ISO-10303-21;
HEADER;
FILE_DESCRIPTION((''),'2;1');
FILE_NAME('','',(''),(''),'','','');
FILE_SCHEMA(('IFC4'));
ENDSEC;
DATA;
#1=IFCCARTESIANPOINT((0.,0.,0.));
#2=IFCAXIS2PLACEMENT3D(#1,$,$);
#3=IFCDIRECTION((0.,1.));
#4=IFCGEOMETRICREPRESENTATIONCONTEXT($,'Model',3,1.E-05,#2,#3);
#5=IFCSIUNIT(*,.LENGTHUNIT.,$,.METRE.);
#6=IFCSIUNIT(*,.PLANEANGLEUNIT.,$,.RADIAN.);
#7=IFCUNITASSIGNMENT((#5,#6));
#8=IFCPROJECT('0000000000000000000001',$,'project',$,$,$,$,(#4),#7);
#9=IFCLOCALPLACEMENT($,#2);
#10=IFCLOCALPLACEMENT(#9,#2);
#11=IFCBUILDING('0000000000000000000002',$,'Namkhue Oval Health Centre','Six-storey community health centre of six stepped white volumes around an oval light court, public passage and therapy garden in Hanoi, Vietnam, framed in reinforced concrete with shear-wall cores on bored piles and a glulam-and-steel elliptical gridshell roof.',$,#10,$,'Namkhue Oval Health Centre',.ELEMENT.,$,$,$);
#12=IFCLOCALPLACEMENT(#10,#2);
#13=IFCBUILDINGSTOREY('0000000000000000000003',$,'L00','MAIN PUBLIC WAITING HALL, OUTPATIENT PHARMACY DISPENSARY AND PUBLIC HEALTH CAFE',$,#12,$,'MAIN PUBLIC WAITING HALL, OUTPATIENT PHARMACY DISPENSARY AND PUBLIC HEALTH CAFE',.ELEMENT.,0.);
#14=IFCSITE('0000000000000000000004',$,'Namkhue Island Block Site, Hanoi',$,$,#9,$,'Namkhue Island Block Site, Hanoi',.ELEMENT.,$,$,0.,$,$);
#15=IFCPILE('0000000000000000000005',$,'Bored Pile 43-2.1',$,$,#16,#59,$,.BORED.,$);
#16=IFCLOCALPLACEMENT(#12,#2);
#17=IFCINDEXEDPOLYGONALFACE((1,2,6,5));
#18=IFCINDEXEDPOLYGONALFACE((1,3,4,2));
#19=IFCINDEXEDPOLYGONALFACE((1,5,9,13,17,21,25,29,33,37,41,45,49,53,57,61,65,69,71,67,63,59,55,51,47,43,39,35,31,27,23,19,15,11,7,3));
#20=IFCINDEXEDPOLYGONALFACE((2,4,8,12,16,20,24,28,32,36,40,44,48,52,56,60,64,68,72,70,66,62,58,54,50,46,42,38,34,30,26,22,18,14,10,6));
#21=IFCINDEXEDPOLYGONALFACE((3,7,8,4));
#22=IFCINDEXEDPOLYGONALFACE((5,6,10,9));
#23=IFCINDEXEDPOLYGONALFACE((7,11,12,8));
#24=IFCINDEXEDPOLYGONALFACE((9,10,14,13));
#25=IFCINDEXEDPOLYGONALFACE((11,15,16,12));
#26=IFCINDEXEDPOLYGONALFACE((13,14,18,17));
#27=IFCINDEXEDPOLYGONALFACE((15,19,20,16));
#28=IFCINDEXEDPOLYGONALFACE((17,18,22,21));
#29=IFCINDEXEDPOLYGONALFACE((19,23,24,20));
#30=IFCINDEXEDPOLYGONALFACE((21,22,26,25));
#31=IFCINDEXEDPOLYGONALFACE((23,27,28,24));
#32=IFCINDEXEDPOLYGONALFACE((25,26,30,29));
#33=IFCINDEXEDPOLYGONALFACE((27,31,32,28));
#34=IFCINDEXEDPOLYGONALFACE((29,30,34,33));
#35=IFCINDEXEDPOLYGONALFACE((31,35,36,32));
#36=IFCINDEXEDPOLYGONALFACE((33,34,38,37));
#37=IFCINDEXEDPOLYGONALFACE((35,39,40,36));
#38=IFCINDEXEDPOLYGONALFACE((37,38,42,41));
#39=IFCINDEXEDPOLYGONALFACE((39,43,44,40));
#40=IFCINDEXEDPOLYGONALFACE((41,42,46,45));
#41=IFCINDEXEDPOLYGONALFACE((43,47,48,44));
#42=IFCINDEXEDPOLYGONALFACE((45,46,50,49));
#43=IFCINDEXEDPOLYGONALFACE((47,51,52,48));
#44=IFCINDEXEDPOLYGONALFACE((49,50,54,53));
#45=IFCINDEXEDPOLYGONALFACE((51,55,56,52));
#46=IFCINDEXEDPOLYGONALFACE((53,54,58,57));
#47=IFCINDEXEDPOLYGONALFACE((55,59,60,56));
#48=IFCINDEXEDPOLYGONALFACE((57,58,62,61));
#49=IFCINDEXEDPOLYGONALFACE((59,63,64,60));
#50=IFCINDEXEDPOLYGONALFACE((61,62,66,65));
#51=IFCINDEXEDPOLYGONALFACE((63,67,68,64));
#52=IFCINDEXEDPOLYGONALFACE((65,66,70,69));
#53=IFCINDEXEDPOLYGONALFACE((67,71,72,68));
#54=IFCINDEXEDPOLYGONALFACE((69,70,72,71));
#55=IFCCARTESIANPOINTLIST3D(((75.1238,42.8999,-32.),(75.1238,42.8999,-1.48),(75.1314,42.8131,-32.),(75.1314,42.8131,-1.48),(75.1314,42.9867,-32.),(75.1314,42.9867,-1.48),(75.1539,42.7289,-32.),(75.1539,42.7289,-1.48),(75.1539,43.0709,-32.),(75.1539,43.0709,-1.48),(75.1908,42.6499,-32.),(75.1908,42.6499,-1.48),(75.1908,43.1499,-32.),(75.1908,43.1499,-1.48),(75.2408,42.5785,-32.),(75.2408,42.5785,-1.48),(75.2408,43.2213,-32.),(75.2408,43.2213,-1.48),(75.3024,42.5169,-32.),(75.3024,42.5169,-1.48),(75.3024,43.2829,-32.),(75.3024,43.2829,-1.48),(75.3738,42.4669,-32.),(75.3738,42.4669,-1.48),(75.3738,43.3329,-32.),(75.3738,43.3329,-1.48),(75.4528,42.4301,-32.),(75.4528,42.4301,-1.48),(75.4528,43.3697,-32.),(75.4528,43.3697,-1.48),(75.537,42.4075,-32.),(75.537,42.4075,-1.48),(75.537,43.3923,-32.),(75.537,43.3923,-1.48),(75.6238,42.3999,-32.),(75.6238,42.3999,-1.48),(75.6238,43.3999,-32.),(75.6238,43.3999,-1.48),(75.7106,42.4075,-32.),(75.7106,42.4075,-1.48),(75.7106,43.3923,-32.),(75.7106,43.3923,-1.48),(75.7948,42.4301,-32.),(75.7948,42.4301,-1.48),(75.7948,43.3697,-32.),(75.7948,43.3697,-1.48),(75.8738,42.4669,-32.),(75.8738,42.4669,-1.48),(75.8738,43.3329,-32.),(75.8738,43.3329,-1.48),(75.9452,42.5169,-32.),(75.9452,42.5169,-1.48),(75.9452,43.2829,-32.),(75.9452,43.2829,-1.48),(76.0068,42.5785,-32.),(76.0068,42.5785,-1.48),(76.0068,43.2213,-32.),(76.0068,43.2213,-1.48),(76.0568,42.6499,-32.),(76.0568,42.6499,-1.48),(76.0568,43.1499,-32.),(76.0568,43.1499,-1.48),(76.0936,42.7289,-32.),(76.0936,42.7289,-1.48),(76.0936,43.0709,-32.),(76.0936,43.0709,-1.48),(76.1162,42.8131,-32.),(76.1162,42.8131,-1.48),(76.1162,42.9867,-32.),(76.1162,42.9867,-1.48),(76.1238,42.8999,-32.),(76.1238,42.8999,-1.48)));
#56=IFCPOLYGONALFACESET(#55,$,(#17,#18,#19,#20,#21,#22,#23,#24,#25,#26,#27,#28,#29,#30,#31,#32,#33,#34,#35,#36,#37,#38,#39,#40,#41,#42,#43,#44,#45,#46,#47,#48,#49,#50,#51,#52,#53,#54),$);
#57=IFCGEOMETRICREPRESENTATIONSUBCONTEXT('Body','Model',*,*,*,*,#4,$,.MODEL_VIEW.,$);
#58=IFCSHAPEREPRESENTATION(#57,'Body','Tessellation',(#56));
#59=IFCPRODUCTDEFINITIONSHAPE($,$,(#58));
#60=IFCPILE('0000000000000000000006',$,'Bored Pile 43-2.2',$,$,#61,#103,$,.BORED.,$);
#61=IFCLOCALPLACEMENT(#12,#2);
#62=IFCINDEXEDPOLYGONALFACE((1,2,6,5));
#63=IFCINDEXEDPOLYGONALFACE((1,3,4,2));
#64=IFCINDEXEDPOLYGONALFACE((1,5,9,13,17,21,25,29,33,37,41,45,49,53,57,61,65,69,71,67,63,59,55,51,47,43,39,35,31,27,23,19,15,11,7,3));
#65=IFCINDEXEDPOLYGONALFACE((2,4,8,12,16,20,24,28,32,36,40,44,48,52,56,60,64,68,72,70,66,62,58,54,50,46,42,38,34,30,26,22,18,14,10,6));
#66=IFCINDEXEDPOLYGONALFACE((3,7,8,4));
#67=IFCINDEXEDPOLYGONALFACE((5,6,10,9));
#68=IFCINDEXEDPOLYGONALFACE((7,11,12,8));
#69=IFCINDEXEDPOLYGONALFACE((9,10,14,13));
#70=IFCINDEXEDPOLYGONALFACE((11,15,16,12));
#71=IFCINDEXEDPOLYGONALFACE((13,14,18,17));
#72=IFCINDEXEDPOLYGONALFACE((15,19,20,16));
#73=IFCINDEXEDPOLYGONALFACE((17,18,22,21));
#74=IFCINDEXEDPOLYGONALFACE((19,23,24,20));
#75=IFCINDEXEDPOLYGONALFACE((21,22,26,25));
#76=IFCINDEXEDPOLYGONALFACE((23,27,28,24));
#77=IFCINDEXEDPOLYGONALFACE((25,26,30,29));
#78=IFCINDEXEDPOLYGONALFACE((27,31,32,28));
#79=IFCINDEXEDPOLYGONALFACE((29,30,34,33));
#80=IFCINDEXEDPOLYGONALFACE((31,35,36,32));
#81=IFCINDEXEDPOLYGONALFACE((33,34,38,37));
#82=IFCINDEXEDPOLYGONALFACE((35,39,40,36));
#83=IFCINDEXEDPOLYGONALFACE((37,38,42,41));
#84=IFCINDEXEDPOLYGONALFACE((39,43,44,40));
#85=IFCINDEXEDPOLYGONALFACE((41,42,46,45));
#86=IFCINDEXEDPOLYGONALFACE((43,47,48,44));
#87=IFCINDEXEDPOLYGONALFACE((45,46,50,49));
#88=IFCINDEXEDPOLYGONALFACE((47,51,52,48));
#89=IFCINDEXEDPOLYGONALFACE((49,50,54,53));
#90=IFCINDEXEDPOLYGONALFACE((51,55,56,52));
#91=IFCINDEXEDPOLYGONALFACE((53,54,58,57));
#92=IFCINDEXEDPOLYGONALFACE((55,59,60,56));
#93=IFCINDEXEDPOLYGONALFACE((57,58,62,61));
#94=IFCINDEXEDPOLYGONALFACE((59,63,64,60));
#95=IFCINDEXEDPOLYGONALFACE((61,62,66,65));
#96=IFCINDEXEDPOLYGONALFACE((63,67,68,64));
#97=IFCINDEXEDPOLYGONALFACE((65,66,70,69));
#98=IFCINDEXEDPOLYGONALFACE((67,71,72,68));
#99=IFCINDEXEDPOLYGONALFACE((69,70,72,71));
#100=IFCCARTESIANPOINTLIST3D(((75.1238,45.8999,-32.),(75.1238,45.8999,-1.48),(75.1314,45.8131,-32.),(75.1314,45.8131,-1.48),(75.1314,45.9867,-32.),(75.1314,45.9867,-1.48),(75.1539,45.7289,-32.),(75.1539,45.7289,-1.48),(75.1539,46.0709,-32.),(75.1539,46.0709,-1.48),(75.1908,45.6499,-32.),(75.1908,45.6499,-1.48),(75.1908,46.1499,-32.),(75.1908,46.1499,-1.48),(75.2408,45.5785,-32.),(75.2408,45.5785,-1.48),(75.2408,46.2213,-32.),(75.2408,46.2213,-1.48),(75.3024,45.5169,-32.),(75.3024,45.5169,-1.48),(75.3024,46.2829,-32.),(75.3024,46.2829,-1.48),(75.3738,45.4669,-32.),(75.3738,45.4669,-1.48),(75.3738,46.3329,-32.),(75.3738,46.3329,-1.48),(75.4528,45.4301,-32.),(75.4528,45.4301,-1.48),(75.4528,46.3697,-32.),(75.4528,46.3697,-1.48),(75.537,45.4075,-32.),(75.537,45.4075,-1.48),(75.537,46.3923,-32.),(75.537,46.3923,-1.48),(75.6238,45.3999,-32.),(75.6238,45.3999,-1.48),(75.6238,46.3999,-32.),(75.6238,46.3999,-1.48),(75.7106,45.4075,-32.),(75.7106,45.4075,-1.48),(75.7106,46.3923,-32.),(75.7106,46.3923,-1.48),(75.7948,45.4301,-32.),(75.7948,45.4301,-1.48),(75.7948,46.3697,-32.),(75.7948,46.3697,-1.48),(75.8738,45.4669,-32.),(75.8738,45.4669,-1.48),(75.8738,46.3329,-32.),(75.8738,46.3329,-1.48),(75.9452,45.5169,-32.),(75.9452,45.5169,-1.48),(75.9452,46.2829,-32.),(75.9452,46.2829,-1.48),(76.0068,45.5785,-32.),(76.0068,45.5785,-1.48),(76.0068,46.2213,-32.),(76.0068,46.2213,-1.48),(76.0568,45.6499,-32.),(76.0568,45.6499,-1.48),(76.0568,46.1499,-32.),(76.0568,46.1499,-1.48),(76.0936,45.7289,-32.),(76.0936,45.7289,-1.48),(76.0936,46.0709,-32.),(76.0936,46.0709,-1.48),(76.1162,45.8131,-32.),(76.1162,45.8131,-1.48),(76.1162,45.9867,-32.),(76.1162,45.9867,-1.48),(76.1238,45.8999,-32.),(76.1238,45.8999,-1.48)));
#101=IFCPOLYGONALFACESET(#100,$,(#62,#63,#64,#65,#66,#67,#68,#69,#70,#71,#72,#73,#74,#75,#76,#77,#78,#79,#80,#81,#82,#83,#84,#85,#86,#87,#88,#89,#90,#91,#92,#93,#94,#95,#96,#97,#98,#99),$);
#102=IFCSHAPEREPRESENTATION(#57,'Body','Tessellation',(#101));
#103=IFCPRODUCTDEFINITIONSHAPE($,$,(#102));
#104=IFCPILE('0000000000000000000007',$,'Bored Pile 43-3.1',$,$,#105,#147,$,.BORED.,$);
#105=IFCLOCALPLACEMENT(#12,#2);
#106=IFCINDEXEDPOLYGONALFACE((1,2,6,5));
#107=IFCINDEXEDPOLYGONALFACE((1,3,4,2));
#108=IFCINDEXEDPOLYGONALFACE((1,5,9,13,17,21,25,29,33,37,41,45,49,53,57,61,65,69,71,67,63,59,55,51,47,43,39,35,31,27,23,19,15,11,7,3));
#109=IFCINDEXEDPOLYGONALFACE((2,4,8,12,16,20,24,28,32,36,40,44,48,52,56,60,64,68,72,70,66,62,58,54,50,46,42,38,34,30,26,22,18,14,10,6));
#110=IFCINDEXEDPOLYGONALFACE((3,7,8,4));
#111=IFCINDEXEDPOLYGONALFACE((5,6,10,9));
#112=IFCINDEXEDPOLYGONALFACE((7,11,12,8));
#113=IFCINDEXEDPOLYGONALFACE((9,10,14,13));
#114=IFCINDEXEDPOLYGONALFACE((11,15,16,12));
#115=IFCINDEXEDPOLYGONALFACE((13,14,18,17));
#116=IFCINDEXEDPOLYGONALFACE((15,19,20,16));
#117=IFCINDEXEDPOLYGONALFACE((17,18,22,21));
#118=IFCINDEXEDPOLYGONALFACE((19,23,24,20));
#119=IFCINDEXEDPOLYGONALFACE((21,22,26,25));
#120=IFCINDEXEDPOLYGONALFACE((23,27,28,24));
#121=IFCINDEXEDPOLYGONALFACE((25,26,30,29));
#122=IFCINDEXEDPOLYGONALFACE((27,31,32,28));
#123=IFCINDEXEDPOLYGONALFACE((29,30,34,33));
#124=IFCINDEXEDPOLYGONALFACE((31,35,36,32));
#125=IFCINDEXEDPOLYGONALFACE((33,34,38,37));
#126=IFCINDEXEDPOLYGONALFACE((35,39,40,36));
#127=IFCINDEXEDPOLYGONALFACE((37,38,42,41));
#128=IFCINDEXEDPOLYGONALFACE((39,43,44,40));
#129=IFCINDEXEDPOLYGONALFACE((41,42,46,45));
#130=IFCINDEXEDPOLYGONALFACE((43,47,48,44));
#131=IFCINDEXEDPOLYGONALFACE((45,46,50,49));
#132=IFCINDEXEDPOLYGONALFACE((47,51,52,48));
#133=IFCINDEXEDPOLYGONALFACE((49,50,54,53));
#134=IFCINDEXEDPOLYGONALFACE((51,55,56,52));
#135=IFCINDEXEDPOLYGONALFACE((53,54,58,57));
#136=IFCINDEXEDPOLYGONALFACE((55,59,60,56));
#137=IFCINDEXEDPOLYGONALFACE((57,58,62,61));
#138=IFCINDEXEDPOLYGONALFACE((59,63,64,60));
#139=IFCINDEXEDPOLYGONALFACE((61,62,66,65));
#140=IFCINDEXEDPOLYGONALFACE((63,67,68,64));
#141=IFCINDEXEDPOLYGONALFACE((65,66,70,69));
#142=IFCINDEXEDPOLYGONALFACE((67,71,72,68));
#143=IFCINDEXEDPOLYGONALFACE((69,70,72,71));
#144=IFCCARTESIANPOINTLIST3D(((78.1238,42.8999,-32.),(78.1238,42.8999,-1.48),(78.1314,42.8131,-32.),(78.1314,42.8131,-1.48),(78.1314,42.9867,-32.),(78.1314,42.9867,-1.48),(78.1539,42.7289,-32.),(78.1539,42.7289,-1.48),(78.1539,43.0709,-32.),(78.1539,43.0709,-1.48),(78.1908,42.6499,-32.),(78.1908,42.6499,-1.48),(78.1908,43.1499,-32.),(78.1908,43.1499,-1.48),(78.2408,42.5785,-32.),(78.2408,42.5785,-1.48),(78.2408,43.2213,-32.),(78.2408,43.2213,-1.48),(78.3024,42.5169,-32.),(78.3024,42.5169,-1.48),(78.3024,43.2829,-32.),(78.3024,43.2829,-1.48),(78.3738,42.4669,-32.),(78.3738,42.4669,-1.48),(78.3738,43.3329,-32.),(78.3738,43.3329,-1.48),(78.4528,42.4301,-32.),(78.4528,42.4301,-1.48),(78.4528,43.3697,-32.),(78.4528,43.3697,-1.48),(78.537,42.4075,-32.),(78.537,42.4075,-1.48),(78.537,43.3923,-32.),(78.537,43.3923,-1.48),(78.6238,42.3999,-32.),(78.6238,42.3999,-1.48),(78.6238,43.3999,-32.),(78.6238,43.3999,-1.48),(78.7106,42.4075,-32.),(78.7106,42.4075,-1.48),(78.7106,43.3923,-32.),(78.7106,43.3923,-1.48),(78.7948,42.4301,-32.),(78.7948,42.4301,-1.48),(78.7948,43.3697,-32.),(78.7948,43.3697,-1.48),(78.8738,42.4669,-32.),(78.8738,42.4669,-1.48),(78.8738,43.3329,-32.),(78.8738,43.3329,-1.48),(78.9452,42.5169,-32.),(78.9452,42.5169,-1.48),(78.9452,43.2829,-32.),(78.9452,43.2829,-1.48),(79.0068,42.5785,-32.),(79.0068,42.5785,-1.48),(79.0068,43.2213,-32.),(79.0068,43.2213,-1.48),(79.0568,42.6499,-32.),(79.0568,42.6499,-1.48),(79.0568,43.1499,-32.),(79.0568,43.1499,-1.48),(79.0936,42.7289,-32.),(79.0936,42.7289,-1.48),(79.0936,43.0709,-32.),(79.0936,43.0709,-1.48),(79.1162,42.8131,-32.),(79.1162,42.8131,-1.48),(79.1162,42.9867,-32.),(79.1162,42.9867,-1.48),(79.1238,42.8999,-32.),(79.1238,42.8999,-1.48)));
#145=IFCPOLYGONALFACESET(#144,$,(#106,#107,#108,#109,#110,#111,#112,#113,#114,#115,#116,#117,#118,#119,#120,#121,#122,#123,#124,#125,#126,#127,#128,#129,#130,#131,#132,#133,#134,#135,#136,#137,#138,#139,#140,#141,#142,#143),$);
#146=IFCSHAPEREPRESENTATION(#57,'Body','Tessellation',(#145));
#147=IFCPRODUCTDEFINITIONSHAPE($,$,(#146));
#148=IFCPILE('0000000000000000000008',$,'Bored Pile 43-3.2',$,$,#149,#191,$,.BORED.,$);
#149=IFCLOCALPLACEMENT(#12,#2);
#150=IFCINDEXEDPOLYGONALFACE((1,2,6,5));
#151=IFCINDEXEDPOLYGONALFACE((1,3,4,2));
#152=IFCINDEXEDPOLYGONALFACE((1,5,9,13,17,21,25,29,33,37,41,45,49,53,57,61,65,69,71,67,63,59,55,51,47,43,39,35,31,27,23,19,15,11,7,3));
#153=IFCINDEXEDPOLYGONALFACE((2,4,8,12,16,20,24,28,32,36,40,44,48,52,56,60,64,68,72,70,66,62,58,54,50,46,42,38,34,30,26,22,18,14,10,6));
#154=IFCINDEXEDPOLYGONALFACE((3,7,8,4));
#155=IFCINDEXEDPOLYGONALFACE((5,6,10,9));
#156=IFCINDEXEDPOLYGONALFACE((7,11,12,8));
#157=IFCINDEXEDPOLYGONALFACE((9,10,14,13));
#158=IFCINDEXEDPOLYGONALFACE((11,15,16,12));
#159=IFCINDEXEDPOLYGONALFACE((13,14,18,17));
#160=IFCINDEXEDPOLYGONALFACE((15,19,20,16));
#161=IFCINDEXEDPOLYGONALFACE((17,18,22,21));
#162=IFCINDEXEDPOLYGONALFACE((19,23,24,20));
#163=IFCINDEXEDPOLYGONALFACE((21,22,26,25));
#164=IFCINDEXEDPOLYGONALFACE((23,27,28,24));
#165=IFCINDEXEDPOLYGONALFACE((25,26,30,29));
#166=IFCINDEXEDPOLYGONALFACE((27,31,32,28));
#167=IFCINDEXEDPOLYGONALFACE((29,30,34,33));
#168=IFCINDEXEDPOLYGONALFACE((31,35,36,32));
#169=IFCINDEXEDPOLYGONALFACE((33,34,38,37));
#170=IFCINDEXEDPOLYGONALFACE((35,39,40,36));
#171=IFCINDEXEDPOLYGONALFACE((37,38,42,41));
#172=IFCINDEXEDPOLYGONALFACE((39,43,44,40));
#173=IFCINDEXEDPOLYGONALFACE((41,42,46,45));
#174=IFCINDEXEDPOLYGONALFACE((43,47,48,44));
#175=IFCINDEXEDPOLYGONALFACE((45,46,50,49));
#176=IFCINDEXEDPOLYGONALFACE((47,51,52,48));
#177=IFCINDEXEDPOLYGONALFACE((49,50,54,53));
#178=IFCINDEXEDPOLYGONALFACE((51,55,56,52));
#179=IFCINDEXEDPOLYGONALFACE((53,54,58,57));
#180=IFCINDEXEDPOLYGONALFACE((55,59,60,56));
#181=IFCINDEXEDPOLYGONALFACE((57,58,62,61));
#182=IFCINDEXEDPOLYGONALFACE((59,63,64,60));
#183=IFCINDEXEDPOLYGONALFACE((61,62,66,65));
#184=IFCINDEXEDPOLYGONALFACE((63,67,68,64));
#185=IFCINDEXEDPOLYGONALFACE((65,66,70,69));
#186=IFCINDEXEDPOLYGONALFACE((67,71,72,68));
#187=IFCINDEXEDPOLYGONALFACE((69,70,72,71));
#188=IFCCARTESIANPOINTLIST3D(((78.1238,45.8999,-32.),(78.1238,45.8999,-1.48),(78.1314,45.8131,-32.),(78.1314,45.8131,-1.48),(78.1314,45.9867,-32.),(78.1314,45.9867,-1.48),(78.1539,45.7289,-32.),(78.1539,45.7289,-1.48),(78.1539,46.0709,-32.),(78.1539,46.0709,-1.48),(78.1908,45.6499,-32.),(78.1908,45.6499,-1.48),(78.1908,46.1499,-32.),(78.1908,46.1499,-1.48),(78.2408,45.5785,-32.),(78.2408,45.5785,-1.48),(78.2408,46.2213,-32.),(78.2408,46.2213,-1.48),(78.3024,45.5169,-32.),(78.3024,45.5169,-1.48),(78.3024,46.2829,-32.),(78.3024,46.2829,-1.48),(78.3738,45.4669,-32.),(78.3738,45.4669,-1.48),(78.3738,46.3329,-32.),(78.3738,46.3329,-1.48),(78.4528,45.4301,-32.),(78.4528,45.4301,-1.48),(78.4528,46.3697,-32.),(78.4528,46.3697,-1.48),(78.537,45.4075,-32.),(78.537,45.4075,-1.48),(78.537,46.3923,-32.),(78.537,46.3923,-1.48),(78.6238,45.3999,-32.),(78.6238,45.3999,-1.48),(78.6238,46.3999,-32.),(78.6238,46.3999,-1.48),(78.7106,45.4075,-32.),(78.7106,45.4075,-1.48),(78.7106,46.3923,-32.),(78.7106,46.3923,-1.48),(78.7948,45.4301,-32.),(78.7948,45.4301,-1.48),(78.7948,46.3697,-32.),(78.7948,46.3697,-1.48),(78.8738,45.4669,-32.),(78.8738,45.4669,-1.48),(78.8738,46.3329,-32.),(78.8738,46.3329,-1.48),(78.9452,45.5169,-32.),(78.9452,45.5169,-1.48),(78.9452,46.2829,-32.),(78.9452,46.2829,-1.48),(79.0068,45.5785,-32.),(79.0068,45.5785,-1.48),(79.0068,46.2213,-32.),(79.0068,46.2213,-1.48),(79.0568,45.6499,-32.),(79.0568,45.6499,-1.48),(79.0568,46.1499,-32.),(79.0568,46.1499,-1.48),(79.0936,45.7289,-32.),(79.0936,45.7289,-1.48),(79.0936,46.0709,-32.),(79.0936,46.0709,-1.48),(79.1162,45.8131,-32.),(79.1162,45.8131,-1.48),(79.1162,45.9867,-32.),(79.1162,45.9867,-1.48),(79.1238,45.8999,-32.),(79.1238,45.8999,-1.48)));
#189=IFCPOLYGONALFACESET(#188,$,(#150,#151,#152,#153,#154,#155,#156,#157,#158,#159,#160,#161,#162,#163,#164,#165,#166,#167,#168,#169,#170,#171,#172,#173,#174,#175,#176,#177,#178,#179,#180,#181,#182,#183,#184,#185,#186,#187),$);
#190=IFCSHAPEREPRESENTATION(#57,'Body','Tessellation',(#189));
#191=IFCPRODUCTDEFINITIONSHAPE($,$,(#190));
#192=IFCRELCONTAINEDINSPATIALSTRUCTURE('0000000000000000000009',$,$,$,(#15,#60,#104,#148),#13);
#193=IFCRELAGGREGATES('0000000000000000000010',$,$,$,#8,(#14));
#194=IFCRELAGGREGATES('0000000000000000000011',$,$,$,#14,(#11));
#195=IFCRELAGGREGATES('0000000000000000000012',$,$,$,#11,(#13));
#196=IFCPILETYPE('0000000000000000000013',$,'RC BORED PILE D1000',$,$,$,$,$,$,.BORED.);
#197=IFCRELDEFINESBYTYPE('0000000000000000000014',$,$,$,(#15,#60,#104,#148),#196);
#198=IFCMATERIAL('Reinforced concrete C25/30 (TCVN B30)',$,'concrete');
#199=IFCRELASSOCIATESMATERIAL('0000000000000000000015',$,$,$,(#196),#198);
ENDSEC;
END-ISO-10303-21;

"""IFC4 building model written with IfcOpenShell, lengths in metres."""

from ifc_helpers import new_model, si_unit, direction, frame, origin, origin_2d, place, context, subcontext, project, spatial, circle, extrude, material, material_profile, profile_set, type_object, element, save


model = new_model("IFC4")

# Units and contexts
model_context = context("Model", 3, precision=1e-05, world=origin(), true_north=direction((0.0, 1.0)))
body_context = subcontext(model_context, "Body", "Model", "MODEL_VIEW")
ifc_project = project(units=[si_unit("LENGTHUNIT", "METRE"), si_unit("PLANEANGLEUNIT", "RADIAN")], contexts=[model_context])

# Site, building, storey
site_placement = place(None, origin())
site = spatial("IfcSite", under=ifc_project, at=site_placement, Name="Namkhue Island Block Site, Hanoi", LongName="Namkhue Island Block Site, Hanoi", CompositionType="ELEMENT", RefElevation=0.0)
building_placement = place(site_placement, origin())
building = spatial("IfcBuilding", under=site, at=building_placement, Name="Namkhue Oval Health Centre", Description="Six-storey community health centre of six stepped white volumes around an oval light court, public passage and therapy garden in Hanoi, Vietnam, framed in reinforced concrete with shear-wall cores on bored piles and a glulam-and-steel elliptical gridshell roof.", LongName="Namkhue Oval Health Centre", CompositionType="ELEMENT")
storey_placement = place(building_placement, origin())
storey = spatial("IfcBuildingStorey", under=building, at=storey_placement, Name="L00", Description="MAIN PUBLIC WAITING HALL, OUTPATIENT PHARMACY DISPENSARY AND PUBLIC HEALTH CAFE", LongName="MAIN PUBLIC WAITING HALL, OUTPATIENT PHARMACY DISPENSARY AND PUBLIC HEALTH CAFE", CompositionType="ELEMENT", Elevation=0.0)

# Piles
ifc_material_1 = material(Name="Reinforced concrete C25/30 (TCVN B30)", Category="concrete")
ifc_material_profile_1 = material_profile(ifc_material_1, circle(Radius=0.5, at=origin_2d()), Name="BORED PILE D1000")
ifc_profile_set_1 = profile_set([ifc_material_profile_1], Name="Reinforced concrete C25/30 (TCVN B30)")
pile_type = type_object("IfcPileType", Name="RC BORED PILE D1000", PredefinedType="BORED", material=ifc_profile_set_1)
for number, where, z_axis, x_axis, name in (
    (1, (75.6238, 42.8999, -1.48), (0.0, 0.0, -1.0), (1.0, 0.0, 0.0), "Bored Pile 43-2.1"),
    (2, (75.6238, 45.8999, -1.48), (0.0, 0.0, -1.0), (1.0, 0.0, 0.0), "Bored Pile 43-2.2"),
    (3, (78.6238, 42.8999, -1.48), (0.0, 0.0, -1.0), (1.0, 0.0, 0.0), "Bored Pile 43-3.1"),
    (4, (78.6238, 45.8999, -1.48), (0.0, 0.0, -1.0), (1.0, 0.0, 0.0), "Bored Pile 43-3.2"),
):
    element("IfcPile", number, at=place(storey_placement, frame(where, z_axis=z_axis, x_axis=x_axis)), inside=storey, type_object=pile_type, Name=name, PredefinedType="BORED", context=body_context, shape_type="SweptSolid", body=[
        extrude(circle(Radius=0.5, at=origin_2d()), origin(), (0.0, 0.0, 1.0), 30.52),
    ])

save(model, "model.ifc")
